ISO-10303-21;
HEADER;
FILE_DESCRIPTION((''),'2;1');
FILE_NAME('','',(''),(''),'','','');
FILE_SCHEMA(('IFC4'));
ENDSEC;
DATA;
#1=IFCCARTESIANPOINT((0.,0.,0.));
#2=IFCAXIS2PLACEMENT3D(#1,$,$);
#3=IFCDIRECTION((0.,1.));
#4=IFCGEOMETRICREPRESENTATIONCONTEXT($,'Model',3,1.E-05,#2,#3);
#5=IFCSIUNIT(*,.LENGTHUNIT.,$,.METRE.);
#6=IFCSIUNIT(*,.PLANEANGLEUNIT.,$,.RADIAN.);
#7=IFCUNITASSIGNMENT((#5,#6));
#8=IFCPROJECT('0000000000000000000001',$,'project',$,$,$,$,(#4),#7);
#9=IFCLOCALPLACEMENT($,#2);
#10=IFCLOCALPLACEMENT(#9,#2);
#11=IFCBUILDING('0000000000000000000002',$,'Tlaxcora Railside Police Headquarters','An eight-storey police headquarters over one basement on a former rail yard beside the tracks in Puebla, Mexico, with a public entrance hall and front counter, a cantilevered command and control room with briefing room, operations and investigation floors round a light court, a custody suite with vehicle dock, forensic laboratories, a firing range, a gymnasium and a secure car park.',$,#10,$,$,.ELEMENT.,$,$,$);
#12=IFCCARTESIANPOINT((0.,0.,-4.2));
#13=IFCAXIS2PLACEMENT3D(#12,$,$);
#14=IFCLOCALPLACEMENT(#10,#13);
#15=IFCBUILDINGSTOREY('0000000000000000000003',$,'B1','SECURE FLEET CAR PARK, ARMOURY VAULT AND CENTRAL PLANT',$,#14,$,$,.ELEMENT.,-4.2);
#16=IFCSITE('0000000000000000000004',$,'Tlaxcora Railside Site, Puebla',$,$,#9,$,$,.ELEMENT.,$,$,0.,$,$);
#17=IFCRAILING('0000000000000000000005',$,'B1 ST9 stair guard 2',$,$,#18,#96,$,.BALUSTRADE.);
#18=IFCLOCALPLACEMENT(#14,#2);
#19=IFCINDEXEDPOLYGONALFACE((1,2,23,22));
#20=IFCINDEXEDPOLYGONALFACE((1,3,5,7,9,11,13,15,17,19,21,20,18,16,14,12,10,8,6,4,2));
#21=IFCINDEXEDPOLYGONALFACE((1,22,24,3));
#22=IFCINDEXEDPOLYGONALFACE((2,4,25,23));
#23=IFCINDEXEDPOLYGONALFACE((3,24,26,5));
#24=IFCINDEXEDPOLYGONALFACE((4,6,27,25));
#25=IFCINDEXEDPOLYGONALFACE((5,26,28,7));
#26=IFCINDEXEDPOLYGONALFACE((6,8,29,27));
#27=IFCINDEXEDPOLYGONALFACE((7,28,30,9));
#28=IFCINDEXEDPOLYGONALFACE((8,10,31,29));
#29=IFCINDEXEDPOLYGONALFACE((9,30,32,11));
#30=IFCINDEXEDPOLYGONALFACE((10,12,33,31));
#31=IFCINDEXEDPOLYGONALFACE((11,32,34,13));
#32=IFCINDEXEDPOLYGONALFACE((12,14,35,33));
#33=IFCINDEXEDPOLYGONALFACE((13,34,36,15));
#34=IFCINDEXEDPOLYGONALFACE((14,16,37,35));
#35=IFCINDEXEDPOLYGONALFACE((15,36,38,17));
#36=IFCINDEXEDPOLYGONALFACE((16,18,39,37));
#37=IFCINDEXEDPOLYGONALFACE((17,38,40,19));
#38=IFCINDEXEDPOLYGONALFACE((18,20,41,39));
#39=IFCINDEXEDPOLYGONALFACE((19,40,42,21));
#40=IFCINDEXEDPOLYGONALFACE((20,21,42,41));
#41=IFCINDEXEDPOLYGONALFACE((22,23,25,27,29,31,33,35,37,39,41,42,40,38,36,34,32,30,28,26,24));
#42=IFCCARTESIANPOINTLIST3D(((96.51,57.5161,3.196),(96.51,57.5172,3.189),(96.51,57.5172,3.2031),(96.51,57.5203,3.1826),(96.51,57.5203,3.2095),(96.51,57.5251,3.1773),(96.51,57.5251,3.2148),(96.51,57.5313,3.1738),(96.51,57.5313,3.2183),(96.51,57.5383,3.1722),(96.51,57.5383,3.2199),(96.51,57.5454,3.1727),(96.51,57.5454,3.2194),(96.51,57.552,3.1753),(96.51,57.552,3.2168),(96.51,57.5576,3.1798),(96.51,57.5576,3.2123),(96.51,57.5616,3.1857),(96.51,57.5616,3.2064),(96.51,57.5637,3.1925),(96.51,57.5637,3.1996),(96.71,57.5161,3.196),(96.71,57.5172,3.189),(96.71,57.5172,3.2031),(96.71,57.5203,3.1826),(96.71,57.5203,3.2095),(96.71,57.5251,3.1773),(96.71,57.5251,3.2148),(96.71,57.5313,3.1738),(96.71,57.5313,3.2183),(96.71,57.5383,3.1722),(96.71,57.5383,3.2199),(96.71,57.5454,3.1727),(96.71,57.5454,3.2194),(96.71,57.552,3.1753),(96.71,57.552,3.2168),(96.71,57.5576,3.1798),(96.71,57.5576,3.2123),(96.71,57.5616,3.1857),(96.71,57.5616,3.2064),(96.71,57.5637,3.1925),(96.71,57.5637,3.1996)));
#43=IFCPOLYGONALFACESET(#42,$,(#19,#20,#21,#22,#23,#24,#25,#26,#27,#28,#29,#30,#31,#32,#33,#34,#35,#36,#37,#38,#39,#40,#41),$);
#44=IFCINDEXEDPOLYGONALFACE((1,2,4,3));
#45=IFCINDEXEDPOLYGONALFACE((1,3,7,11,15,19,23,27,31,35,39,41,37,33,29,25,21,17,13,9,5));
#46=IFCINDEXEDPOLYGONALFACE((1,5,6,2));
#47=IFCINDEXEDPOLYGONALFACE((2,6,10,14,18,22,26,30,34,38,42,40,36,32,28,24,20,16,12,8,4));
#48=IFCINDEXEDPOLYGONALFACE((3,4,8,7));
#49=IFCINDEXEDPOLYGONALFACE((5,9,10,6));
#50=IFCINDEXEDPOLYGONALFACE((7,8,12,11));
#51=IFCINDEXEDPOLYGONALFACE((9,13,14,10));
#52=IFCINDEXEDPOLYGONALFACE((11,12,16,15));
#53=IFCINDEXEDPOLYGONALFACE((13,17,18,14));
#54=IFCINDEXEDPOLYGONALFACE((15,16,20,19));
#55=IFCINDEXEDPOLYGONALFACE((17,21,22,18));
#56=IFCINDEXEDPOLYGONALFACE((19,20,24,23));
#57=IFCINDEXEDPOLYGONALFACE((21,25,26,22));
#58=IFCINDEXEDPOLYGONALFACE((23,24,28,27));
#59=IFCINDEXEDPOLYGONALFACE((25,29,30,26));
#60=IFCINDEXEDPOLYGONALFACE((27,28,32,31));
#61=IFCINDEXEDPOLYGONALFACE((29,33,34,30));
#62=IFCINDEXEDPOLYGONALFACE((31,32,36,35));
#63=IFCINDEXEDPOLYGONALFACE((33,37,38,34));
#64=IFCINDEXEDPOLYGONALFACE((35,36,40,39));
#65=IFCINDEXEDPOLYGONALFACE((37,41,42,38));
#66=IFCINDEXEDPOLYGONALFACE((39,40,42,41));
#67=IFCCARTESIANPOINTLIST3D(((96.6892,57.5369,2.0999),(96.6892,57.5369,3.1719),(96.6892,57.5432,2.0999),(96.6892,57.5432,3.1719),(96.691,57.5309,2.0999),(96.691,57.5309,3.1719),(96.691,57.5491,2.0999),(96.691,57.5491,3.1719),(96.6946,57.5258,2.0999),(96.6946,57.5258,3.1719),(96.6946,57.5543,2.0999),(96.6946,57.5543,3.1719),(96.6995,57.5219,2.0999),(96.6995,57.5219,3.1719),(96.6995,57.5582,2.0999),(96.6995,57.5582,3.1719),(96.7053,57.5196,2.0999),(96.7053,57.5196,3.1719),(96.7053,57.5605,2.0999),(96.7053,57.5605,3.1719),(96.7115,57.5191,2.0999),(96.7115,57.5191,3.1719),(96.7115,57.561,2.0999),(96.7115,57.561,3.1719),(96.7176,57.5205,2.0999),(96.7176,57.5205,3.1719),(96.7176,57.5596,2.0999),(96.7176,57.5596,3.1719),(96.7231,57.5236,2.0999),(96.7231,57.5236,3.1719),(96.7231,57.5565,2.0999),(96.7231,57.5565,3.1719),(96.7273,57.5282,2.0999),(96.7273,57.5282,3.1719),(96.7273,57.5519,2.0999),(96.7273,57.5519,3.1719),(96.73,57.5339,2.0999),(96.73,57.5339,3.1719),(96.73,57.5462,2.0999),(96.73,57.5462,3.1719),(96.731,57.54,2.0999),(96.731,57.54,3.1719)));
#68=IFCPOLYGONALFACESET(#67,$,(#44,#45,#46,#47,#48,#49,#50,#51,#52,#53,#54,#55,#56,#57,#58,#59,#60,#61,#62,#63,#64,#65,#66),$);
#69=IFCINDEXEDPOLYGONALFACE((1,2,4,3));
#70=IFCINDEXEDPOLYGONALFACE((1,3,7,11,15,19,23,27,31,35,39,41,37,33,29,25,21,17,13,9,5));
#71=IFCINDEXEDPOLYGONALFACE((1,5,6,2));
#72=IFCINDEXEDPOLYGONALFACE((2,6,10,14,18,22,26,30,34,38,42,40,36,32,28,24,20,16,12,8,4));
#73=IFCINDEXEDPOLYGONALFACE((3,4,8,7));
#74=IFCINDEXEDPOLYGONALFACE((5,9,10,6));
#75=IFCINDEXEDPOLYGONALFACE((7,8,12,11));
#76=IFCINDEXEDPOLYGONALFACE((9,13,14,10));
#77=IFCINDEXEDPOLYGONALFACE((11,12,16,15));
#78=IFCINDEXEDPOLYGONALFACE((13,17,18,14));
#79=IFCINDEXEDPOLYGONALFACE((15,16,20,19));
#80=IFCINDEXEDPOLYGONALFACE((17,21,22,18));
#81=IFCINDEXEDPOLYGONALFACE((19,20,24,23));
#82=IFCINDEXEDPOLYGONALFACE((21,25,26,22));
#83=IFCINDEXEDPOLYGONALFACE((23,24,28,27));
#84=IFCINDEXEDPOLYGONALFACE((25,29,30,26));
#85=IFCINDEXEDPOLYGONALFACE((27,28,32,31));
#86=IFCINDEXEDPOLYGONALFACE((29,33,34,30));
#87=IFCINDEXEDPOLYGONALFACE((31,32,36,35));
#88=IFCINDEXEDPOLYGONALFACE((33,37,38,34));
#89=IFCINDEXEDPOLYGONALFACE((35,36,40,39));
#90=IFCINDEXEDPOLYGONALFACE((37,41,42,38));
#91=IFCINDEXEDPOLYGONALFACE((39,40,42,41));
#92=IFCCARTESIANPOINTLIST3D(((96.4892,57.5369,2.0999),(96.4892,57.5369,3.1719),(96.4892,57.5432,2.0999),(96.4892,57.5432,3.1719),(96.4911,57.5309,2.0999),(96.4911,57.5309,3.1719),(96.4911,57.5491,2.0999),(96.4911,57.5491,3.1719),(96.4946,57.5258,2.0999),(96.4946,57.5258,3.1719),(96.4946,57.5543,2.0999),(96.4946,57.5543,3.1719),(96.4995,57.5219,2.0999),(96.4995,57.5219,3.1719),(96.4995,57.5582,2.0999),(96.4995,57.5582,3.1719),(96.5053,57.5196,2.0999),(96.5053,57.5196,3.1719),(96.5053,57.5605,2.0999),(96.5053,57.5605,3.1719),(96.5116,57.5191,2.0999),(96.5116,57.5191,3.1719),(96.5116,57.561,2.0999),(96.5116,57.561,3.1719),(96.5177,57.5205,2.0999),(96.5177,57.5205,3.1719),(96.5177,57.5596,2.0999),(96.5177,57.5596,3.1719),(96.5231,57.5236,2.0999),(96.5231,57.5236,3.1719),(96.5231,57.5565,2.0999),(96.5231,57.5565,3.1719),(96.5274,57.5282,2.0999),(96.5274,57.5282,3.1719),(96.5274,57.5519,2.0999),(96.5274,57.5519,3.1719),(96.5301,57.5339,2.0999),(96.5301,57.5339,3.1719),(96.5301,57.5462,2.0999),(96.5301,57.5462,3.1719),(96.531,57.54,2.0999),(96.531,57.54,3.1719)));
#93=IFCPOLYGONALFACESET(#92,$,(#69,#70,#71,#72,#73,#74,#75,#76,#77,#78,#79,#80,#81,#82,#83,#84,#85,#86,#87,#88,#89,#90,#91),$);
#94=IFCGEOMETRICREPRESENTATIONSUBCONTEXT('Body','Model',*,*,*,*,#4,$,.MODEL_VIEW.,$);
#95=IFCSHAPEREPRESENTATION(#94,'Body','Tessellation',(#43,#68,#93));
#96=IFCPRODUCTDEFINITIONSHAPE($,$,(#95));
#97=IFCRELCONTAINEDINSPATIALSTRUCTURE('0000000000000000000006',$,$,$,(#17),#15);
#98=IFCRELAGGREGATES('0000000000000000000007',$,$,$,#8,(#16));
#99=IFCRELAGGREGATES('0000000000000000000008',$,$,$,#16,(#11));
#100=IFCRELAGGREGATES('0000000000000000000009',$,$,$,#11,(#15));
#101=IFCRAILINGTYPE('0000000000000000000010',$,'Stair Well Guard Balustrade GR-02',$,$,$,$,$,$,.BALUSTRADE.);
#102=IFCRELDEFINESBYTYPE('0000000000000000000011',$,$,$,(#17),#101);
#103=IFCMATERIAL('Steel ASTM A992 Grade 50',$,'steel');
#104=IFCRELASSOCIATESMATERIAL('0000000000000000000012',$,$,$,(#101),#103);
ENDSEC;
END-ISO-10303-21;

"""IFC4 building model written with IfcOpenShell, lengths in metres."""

from ifc_helpers import new_model, si_unit, direction, frame, origin, origin_2d, place, context, subcontext, project, spatial, circle, extrude, material, type_object, element, save


model = new_model("IFC4")

# Units and contexts
model_context = context("Model", 3, precision=1e-05, world=origin(), true_north=direction((0.0, 1.0)))
body_context = subcontext(model_context, "Body", "Model", "MODEL_VIEW")
ifc_project = project(units=[si_unit("LENGTHUNIT", "METRE"), si_unit("PLANEANGLEUNIT", "RADIAN")], contexts=[model_context])

# Site, building, storey
site_placement = place(None, origin())
site = spatial("IfcSite", under=ifc_project, at=site_placement, Name="Tlaxcora Railside Site, Puebla", CompositionType="ELEMENT", RefElevation=0.0)
building_placement = place(site_placement, origin())
building = spatial("IfcBuilding", under=site, at=building_placement, Name="Tlaxcora Railside Police Headquarters", Description="An eight-storey police headquarters over one basement on a former rail yard beside the tracks in Puebla, Mexico, with a public entrance hall and front counter, a cantilevered command and control room with briefing room, operations and investigation floors round a light court, a custody suite with vehicle dock, forensic laboratories, a firing range, a gymnasium and a secure car park.", CompositionType="ELEMENT")
storey_placement = place(building_placement, frame((0.0, 0.0, -4.2)))
storey = spatial("IfcBuildingStorey", under=building, at=storey_placement, Name="B1", Description="SECURE FLEET CAR PARK, ARMOURY VAULT AND CENTRAL PLANT", CompositionType="ELEMENT", Elevation=-4.2)

# Shared definitions
ifc_material_1 = material(Name="Steel ASTM A992 Grade 50", Category="steel")

# Railing
railing_type_1 = type_object("IfcRailingType", Name="Stair Well Guard Balustrade GR-02", PredefinedType="BALUSTRADE", material=ifc_material_1)
railing_1_placement = place(storey_placement, frame((96.71, 57.54, 2.0999)))
element("IfcRailing", 1, at=railing_1_placement, inside=storey, type_object=railing_type_1, Name="B1 ST9 stair guard 2", PredefinedType="BALUSTRADE", context=body_context, shape_type="SweptSolid", body=[
    extrude(circle(Radius=0.0239, at=origin_2d()), frame((0.0, 0.0, 1.0962), z_axis=(-1.0, 0.0, 0.0), x_axis=(0.0, -1.0, 0.0)), (0.0, 0.0, 1.0), 0.2),
    extrude(circle(Radius=0.021, at=origin_2d()), origin(), (0.0, 0.0, 1.0), 1.072),
    extrude(circle(Radius=0.021, at=origin_2d()), frame((-0.2, 0.0, 0.0)), (0.0, 0.0, 1.0), 1.072),
])

save(model, "model.ifc")
